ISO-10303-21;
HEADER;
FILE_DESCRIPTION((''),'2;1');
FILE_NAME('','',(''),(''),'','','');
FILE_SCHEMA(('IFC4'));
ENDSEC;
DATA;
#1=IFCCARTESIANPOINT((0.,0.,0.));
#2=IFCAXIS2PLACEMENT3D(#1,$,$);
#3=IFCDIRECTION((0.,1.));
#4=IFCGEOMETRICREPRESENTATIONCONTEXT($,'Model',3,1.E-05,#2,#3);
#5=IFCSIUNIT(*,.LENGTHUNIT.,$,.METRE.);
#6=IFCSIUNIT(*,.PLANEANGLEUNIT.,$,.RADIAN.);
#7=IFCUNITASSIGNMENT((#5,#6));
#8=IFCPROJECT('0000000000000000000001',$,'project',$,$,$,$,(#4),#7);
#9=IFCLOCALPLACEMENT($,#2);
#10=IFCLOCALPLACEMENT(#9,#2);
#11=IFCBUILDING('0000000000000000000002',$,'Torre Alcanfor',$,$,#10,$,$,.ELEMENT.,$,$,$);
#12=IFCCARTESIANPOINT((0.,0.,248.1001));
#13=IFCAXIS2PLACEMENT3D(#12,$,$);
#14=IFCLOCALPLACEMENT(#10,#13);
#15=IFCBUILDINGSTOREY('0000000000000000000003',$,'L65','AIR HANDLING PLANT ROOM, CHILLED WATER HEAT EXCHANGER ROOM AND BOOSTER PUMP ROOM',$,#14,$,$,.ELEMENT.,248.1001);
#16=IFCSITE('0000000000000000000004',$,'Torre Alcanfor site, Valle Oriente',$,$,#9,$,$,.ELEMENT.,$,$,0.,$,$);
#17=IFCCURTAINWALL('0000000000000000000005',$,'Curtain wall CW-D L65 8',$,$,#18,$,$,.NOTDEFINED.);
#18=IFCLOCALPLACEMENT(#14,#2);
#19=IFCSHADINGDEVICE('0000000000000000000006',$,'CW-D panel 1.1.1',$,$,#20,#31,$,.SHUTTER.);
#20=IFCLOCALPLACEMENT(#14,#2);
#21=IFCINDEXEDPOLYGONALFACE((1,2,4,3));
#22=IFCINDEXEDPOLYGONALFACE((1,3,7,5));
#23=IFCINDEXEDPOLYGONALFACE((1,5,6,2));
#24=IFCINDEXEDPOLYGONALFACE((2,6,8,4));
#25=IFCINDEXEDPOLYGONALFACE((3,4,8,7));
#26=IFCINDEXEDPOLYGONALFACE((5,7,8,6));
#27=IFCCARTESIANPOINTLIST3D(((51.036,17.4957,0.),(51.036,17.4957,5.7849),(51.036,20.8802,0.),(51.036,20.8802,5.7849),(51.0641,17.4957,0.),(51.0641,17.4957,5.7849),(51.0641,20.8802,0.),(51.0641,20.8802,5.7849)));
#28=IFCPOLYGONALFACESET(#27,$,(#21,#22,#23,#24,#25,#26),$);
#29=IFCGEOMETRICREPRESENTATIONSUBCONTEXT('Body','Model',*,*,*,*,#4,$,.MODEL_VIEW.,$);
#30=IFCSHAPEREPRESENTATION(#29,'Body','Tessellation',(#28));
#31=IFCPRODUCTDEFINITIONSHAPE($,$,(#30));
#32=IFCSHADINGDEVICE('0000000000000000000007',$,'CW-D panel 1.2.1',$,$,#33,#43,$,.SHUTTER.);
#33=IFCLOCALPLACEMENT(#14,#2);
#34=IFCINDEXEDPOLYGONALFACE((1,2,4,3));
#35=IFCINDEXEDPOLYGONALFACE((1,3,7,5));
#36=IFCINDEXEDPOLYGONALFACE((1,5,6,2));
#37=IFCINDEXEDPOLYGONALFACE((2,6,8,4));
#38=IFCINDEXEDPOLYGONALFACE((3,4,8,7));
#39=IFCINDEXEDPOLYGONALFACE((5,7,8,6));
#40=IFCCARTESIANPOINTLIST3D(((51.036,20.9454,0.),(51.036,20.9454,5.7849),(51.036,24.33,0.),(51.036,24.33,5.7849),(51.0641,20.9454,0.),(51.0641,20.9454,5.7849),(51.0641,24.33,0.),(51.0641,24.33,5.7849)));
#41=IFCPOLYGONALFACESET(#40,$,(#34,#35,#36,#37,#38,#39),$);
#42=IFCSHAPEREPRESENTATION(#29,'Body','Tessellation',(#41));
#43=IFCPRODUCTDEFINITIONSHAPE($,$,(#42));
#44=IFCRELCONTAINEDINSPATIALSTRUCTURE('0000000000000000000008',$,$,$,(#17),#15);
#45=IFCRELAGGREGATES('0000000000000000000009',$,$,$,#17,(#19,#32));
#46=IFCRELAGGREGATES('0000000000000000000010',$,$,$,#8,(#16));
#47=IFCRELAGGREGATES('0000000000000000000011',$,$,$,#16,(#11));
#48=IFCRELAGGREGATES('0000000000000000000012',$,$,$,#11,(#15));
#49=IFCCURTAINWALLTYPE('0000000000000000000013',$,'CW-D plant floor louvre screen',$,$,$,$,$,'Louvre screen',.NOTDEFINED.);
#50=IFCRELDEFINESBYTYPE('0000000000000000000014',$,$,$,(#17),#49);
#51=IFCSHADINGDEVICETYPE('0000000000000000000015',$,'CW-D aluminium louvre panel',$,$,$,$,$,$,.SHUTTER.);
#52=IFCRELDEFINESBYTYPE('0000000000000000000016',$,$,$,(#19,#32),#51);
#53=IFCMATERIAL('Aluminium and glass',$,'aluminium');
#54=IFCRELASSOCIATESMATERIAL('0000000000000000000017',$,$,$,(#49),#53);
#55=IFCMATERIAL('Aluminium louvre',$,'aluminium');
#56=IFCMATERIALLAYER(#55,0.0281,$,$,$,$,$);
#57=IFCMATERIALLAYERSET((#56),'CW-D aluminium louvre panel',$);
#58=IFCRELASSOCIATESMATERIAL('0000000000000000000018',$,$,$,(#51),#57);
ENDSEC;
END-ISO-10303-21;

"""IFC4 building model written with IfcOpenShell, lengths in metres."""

from ifc_helpers import new_model, si_unit, direction, frame, origin, origin_2d, place, context, subcontext, project, spatial, rectangle, extrude, material, layer, layer_set, type_object, element, aggregate, save


model = new_model("IFC4")

# Units and contexts
model_context = context("Model", 3, precision=1e-05, world=origin(), true_north=direction((0.0, 1.0)))
body_context = subcontext(model_context, "Body", "Model", "MODEL_VIEW")
ifc_project = project(units=[si_unit("LENGTHUNIT", "METRE"), si_unit("PLANEANGLEUNIT", "RADIAN")], contexts=[model_context])

# Site, building, storey
site_placement = place(None, origin())
site = spatial("IfcSite", under=ifc_project, at=site_placement, Name="Torre Alcanfor site, Valle Oriente", CompositionType="ELEMENT", RefElevation=0.0)
building_placement = place(site_placement, origin())
building = spatial("IfcBuilding", under=site, at=building_placement, Name="Torre Alcanfor", CompositionType="ELEMENT")
storey_placement = place(building_placement, frame((0.0, 0.0, 248.1001)))
storey = spatial("IfcBuildingStorey", under=building, at=storey_placement, Name="L65", Description="AIR HANDLING PLANT ROOM, CHILLED WATER HEAT EXCHANGER ROOM AND BOOSTER PUMP ROOM", CompositionType="ELEMENT", Elevation=248.1001)

# Shared definitions
ifc_material_1 = material(Name="Aluminium and glass", Category="aluminium")
curtain_wall_type = type_object("IfcCurtainWallType", Name="CW-D plant floor louvre screen", ElementType="Louvre screen", PredefinedType="NOTDEFINED", material=ifc_material_1)

# Curtain wall
curtain_wall_1_placement = place(storey_placement, origin())
curtain_wall_1 = element("IfcCurtainWall", 1, at=curtain_wall_1_placement, inside=storey, type_object=curtain_wall_type, Name="Curtain wall CW-D L65 8", PredefinedType="NOTDEFINED")

# Shading devices
ifc_material_2 = material(Name="Aluminium louvre", Category="aluminium")
ifc_layer_1 = layer(ifc_material_2, 0.0281)
ifc_layer_set_1 = layer_set([ifc_layer_1], Name="CW-D aluminium louvre panel")
shading_device_type = type_object("IfcShadingDeviceType", Name="CW-D aluminium louvre panel", PredefinedType="SHUTTER", material=ifc_layer_set_1)
shading_device_1_placement = place(storey_placement, frame((51.05, 19.188, 0.0), z_axis=(0.0, 0.0, 1.0), x_axis=(0.0, 1.0, 0.0)))
shading_device_1 = element("IfcShadingDevice", 2, at=shading_device_1_placement, type_object=shading_device_type, Name="CW-D panel 1.1.1", PredefinedType="SHUTTER", context=body_context, shape_type="SweptSolid", body=[
    extrude(rectangle(XDim=3.3845, YDim=0.0281, at=origin_2d()), origin(), (0.0, 0.0, 1.0), 5.7849),
])
shading_device_2_placement = place(storey_placement, frame((51.05, 22.6377, 0.0), z_axis=(0.0, 0.0, 1.0), x_axis=(0.0, 1.0, 0.0)))
shading_device_2 = element("IfcShadingDevice", 3, at=shading_device_2_placement, type_object=shading_device_type, Name="CW-D panel 1.2.1", PredefinedType="SHUTTER", context=body_context, shape_type="SweptSolid", body=[
    extrude(rectangle(XDim=3.3845, YDim=0.0281, at=origin_2d()), origin(), (0.0, 0.0, 1.0), 5.7849),
])
aggregate(curtain_wall_1, [shading_device_1, shading_device_2])

save(model, "model.ifc")
